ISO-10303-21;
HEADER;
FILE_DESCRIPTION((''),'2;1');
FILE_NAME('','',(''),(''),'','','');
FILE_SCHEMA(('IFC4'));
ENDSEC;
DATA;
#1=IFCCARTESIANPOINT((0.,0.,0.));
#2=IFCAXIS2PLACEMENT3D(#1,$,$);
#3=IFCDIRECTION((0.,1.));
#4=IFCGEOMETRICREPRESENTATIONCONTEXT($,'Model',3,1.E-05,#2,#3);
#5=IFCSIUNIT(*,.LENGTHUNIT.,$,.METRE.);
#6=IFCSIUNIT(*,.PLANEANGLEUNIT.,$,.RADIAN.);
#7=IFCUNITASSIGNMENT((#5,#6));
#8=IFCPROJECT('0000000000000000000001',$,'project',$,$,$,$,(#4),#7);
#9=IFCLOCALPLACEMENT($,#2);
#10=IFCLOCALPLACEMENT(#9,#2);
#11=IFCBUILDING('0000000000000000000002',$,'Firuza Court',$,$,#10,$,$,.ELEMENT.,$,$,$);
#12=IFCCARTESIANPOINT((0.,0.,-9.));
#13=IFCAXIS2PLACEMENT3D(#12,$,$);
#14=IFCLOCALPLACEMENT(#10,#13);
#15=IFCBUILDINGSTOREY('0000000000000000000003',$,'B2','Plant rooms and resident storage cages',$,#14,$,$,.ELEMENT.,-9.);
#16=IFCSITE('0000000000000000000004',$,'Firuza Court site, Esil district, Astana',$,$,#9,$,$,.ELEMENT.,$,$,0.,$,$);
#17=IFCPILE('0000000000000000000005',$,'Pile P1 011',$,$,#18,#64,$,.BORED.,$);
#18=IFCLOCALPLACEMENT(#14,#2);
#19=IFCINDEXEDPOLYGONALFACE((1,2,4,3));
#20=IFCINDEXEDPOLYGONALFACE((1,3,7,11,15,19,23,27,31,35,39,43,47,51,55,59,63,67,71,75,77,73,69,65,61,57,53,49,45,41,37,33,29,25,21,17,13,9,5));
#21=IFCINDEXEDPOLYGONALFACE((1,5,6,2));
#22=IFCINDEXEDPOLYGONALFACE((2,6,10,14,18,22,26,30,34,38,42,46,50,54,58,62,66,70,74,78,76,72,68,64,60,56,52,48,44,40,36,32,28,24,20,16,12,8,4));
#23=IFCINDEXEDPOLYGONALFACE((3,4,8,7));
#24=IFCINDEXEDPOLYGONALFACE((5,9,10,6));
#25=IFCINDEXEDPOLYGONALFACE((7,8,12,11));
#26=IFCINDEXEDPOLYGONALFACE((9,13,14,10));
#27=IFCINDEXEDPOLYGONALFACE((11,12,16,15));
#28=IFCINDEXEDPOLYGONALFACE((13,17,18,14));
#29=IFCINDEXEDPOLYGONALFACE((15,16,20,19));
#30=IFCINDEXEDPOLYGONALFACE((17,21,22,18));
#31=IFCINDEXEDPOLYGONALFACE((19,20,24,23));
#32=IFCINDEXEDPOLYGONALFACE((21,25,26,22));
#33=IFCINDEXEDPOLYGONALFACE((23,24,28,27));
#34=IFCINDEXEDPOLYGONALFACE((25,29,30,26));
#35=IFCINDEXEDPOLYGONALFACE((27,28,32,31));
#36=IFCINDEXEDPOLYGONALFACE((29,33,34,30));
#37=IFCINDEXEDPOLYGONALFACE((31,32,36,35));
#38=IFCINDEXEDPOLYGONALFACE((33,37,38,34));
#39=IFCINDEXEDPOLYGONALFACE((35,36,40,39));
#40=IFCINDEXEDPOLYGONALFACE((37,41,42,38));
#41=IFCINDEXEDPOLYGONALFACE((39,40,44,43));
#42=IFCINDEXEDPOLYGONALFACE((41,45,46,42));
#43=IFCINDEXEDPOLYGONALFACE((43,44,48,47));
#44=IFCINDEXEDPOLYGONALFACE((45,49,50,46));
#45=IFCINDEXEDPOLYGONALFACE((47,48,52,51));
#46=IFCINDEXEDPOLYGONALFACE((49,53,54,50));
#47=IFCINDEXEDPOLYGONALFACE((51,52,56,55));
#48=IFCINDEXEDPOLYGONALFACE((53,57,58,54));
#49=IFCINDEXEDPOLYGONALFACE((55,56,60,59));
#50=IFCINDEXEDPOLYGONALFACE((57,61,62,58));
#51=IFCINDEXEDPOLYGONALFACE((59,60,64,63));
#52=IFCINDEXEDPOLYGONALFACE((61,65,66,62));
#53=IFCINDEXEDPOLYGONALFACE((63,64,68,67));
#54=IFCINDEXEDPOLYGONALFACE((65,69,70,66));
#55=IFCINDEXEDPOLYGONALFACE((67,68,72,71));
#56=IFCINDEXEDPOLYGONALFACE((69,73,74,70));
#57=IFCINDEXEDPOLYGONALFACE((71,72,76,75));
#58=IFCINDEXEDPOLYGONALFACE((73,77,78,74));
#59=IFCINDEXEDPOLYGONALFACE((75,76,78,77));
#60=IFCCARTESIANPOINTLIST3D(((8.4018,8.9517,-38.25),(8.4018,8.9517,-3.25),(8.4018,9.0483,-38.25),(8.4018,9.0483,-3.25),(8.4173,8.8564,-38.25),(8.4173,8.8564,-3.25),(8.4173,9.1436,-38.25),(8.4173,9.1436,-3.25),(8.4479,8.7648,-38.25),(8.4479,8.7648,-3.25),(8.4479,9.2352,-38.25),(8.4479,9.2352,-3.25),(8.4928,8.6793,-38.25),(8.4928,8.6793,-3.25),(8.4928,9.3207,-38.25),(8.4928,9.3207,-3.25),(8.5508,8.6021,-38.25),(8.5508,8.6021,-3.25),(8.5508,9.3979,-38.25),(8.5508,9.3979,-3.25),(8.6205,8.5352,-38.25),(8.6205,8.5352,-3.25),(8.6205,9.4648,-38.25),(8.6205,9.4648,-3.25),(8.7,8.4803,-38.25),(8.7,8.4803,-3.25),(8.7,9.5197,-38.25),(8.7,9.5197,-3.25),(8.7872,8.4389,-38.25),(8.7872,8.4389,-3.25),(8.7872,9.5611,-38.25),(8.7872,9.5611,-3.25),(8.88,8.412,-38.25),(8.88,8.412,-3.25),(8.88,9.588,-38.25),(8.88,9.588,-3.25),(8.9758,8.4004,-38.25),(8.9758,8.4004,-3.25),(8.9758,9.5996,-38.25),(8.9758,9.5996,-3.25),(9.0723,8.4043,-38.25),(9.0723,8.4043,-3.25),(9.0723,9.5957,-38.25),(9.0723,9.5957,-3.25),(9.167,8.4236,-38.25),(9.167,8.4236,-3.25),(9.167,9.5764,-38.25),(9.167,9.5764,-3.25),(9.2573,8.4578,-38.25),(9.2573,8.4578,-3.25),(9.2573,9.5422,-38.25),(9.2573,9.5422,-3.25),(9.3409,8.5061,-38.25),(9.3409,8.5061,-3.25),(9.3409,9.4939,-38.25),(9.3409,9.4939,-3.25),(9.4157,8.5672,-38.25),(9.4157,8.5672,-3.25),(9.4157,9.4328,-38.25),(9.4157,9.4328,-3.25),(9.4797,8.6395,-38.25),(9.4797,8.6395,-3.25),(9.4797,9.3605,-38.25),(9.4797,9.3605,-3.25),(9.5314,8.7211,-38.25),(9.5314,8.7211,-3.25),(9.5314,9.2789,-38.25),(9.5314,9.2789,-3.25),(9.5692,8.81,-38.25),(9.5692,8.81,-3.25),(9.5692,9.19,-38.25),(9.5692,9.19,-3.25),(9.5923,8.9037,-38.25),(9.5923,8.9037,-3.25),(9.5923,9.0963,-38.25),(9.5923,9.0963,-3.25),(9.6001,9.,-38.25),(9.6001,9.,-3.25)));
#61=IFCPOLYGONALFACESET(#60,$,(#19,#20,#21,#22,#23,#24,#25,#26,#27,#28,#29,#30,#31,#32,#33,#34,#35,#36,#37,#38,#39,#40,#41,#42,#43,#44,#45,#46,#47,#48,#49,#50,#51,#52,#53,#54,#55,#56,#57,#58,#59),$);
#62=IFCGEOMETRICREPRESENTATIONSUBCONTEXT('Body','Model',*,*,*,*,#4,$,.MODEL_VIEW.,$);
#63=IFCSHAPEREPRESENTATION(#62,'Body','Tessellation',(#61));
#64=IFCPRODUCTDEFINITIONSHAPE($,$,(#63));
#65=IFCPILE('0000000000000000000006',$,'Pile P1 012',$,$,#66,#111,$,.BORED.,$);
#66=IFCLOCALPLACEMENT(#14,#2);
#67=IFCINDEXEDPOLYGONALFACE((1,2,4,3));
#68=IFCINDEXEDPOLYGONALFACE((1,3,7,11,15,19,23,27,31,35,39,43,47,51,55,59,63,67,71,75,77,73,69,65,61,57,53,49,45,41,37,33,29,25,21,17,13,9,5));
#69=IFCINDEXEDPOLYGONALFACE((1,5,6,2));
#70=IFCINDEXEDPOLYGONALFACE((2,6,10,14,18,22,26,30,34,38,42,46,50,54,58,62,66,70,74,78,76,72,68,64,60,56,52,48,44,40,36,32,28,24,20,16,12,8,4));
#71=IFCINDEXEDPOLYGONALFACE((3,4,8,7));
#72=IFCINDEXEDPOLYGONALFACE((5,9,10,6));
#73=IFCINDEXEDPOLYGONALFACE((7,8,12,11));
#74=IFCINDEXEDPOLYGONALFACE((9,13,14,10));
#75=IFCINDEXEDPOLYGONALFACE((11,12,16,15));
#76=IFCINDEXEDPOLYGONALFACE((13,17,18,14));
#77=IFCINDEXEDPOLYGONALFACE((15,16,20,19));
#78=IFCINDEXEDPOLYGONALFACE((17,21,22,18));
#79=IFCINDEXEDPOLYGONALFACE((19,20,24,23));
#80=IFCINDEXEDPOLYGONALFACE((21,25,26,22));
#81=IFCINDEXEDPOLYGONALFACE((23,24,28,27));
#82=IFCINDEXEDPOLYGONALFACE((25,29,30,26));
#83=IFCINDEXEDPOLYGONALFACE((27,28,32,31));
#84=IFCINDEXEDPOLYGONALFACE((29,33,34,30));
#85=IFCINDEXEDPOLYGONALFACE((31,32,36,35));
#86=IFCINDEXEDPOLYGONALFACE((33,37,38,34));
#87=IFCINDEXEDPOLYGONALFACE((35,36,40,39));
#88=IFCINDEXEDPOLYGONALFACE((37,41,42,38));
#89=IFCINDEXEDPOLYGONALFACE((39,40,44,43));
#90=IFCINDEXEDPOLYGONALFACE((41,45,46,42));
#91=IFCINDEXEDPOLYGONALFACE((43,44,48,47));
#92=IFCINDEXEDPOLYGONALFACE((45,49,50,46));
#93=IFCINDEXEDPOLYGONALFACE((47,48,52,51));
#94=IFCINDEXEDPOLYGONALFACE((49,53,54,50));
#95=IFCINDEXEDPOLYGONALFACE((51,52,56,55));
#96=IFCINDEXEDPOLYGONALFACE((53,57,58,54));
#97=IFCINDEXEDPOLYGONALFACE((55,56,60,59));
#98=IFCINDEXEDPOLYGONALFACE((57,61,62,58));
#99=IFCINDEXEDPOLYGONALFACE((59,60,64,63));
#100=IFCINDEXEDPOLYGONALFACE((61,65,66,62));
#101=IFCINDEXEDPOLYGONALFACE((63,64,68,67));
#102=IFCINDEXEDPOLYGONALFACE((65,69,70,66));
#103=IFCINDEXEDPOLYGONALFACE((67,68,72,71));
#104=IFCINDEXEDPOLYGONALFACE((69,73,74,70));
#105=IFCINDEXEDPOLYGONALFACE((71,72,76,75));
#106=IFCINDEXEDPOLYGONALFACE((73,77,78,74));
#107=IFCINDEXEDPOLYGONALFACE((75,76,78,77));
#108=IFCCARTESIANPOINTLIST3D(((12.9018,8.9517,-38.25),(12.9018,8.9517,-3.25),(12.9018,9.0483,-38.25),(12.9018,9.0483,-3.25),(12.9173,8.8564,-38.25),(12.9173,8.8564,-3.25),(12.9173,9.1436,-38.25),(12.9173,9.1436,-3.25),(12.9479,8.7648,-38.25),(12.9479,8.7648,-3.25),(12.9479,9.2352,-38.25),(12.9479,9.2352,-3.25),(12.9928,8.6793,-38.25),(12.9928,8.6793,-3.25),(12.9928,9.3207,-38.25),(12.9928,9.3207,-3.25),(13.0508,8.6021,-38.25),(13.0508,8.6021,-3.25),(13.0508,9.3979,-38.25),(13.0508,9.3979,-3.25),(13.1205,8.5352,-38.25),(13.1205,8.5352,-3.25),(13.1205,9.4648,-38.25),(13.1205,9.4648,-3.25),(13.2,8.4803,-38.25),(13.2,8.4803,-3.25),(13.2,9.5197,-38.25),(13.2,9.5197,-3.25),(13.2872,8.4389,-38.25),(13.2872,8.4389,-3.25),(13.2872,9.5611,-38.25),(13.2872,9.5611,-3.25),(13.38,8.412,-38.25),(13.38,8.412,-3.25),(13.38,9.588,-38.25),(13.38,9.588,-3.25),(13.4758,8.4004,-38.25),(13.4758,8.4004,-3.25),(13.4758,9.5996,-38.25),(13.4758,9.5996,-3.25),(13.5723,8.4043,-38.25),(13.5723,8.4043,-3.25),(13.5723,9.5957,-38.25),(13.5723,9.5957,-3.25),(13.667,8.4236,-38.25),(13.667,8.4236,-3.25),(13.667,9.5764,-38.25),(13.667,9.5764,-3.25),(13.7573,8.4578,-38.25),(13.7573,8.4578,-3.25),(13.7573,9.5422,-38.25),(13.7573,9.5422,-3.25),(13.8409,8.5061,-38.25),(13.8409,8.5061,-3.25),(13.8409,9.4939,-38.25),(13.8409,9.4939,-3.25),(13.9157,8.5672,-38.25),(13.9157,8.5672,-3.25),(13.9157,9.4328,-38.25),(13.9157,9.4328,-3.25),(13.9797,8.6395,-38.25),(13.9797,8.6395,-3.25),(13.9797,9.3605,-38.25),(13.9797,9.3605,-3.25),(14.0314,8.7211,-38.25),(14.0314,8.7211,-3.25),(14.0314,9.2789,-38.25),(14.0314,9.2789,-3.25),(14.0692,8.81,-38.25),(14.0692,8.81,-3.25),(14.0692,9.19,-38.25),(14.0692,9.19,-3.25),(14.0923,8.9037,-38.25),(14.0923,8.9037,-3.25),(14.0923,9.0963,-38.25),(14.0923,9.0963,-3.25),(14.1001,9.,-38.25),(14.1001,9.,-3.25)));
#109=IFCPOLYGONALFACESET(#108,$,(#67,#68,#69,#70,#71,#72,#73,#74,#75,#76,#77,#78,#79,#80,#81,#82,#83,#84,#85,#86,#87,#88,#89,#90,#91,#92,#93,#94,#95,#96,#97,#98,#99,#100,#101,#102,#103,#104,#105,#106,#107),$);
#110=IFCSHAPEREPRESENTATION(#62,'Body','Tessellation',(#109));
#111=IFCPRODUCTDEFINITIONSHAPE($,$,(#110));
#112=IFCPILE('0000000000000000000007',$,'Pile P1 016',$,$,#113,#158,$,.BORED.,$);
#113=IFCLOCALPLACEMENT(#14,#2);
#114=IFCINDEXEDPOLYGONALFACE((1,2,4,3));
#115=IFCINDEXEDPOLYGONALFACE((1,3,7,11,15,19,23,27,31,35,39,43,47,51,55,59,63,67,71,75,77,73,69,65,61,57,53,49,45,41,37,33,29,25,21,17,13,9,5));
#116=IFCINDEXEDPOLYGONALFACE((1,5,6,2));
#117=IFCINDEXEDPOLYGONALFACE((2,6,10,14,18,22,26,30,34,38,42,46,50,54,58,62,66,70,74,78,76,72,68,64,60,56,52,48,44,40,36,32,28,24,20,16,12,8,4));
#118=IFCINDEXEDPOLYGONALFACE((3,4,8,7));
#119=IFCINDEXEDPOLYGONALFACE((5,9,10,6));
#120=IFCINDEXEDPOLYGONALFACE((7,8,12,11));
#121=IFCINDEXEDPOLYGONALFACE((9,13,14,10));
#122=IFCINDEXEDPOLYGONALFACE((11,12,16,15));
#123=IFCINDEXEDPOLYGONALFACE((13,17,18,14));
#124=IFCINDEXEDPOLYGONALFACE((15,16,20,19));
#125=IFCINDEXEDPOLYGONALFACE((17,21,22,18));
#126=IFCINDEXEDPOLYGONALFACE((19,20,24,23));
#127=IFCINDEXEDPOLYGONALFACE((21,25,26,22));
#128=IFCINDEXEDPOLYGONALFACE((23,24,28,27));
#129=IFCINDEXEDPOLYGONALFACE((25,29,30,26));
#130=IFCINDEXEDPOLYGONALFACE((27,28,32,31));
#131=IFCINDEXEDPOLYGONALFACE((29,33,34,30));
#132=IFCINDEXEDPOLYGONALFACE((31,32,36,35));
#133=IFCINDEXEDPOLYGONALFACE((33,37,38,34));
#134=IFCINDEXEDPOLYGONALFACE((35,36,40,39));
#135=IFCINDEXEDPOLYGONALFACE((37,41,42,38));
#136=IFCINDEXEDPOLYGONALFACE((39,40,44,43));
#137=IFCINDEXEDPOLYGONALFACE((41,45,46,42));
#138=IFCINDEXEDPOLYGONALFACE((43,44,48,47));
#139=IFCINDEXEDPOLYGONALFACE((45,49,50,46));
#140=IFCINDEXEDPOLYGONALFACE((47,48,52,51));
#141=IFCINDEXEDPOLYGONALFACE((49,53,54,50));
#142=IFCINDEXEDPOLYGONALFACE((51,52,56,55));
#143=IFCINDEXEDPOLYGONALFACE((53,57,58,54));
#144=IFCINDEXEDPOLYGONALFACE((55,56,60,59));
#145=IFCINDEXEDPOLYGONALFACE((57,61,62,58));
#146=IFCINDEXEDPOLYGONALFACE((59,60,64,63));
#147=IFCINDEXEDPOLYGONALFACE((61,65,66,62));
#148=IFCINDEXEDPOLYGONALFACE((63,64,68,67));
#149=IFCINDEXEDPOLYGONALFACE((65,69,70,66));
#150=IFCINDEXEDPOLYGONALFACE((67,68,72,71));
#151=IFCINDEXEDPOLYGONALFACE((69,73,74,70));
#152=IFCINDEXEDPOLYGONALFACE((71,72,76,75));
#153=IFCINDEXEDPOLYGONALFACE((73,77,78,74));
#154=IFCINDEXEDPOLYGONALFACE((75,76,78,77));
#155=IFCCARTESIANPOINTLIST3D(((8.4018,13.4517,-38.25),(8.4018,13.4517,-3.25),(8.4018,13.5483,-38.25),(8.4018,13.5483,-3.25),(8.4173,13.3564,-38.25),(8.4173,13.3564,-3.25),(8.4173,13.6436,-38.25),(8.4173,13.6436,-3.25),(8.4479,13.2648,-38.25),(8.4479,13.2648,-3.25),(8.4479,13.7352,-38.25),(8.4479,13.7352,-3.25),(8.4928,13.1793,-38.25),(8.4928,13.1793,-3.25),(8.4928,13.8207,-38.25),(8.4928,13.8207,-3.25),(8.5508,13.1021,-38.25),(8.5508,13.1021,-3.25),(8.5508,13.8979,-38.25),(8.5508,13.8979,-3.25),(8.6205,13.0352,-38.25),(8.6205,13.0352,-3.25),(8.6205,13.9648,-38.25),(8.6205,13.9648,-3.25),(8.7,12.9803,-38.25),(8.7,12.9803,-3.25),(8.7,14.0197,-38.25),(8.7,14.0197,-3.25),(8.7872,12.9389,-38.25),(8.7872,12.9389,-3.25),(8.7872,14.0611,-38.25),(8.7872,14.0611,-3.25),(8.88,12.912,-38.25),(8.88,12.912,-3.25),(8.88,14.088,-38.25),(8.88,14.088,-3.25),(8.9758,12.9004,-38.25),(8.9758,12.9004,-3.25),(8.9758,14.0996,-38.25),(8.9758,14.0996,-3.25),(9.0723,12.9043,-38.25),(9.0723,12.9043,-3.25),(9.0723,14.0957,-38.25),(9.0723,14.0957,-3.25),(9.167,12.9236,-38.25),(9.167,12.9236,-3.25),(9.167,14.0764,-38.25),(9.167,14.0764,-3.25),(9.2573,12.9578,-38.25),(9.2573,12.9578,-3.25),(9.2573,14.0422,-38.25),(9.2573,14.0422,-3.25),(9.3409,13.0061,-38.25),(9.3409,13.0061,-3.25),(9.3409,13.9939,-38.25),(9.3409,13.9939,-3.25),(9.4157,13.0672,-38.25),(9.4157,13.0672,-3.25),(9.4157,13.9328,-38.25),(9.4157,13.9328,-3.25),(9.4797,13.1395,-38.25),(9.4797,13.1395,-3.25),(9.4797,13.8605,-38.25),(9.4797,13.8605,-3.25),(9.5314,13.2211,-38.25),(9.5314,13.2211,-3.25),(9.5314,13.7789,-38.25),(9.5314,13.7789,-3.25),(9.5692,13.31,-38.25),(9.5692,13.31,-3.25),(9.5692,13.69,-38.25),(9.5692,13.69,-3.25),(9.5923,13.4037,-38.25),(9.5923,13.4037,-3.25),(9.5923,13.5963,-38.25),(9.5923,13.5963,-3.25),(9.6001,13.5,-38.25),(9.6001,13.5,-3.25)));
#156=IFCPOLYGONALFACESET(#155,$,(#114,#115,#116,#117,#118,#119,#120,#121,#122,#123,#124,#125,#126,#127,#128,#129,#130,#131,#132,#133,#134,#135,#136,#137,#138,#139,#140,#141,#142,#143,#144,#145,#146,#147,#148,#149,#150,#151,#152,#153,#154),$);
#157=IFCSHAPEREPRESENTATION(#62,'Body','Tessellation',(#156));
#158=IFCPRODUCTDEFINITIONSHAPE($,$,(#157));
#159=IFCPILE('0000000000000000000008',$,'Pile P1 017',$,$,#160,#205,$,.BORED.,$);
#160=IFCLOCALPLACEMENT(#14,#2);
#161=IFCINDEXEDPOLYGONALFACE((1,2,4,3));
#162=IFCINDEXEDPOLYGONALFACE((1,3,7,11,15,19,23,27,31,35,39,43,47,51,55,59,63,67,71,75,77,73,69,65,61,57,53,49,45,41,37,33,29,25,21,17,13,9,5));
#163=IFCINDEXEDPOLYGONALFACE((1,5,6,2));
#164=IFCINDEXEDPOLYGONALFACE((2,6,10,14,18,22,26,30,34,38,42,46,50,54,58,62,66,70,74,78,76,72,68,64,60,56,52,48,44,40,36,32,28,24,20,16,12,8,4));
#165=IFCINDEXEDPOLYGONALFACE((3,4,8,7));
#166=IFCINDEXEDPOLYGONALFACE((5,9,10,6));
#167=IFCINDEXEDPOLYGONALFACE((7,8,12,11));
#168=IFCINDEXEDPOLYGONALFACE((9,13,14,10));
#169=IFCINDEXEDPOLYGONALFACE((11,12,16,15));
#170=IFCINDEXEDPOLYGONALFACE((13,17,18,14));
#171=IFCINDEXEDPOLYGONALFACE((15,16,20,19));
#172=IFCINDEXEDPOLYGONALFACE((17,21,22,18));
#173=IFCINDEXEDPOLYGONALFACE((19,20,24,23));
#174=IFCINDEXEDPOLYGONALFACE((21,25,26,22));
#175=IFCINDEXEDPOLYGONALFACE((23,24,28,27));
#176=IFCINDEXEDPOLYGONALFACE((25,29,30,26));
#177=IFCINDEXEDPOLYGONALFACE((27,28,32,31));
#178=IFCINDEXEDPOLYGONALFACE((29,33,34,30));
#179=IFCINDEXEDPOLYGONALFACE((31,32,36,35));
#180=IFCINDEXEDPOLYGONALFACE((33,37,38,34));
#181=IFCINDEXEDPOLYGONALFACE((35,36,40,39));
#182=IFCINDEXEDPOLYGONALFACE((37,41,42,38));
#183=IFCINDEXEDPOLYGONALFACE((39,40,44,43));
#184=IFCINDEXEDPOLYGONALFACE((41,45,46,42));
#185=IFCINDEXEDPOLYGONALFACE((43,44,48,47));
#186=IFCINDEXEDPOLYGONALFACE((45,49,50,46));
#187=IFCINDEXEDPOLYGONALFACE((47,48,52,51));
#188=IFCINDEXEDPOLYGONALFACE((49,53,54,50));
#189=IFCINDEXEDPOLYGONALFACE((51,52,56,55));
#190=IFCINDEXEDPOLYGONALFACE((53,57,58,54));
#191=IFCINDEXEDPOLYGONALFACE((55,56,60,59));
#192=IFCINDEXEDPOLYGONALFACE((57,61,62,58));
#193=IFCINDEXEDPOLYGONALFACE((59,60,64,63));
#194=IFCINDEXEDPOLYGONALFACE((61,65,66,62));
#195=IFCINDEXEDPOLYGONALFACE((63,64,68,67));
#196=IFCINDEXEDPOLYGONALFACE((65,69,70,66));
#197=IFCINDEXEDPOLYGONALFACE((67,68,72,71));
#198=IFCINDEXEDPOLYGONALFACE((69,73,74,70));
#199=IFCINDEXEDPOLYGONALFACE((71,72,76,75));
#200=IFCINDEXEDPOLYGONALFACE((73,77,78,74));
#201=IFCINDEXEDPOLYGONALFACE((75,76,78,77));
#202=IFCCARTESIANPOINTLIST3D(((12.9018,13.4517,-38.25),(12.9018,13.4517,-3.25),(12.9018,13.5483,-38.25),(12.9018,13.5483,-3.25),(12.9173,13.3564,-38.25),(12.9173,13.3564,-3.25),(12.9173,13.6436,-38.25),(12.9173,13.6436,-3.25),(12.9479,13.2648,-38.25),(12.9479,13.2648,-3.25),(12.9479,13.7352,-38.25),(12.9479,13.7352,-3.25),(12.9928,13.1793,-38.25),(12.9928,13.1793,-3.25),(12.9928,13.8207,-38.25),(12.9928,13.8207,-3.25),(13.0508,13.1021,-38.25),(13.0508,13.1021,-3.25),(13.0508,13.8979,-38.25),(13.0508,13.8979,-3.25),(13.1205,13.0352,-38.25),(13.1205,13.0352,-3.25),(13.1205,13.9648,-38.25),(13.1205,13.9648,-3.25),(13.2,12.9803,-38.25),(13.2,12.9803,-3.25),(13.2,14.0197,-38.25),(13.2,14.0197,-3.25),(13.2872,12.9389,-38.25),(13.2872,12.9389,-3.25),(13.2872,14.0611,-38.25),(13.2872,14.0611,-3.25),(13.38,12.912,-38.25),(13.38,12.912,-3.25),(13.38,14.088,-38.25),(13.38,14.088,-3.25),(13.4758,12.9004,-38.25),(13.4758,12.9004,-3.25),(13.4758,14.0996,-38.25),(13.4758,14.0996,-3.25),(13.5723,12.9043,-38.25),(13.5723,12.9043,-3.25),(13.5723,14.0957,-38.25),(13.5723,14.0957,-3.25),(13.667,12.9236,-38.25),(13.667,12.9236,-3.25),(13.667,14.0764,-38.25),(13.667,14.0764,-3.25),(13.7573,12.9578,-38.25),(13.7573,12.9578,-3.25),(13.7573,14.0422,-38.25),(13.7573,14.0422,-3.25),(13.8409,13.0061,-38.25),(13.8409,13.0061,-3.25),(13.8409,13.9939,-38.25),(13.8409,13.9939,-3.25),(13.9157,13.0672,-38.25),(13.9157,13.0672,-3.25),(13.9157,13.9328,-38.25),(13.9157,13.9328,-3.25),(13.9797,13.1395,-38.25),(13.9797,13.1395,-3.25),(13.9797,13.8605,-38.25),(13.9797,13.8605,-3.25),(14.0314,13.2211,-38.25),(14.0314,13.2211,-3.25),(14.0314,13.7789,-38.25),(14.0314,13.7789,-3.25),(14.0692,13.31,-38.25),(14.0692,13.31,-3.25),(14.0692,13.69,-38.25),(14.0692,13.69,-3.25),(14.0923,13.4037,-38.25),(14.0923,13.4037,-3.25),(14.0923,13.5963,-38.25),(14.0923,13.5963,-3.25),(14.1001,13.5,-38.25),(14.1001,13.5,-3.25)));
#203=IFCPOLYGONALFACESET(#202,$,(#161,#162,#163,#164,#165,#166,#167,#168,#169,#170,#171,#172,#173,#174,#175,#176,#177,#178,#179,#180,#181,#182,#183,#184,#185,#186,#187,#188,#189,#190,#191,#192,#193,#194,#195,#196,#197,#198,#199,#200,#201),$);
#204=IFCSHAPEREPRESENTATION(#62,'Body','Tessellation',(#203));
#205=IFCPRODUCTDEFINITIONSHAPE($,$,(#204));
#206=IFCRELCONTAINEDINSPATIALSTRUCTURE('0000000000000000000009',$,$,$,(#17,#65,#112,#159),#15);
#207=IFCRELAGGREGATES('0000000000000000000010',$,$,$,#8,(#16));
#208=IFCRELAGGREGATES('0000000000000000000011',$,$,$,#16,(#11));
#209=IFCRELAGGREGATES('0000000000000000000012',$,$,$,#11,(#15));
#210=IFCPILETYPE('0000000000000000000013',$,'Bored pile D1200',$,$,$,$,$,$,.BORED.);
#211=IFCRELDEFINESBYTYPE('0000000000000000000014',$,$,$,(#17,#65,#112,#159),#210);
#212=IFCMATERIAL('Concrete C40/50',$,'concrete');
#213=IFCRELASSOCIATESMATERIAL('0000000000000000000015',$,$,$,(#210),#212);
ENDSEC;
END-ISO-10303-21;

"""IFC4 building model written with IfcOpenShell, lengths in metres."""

from ifc_helpers import new_model, si_unit, direction, frame, origin, origin_2d, place, context, subcontext, project, spatial, circle, extrude, material, material_profile, profile_set, type_object, element, save


model = new_model("IFC4")

# Units and contexts
model_context = context("Model", 3, precision=1e-05, world=origin(), true_north=direction((0.0, 1.0)))
body_context = subcontext(model_context, "Body", "Model", "MODEL_VIEW")
ifc_project = project(units=[si_unit("LENGTHUNIT", "METRE"), si_unit("PLANEANGLEUNIT", "RADIAN")], contexts=[model_context])

# Site, building, storey
site_placement = place(None, origin())
site = spatial("IfcSite", under=ifc_project, at=site_placement, Name="Firuza Court site, Esil district, Astana", CompositionType="ELEMENT", RefElevation=0.0)
building_placement = place(site_placement, origin())
building = spatial("IfcBuilding", under=site, at=building_placement, Name="Firuza Court", CompositionType="ELEMENT")
storey_placement = place(building_placement, frame((0.0, 0.0, -9.0)))
storey = spatial("IfcBuildingStorey", under=building, at=storey_placement, Name="B2", Description="Plant rooms and resident storage cages", CompositionType="ELEMENT", Elevation=-9.0)

# Piles
ifc_material_1 = material(Name="Concrete C40/50", Category="concrete")
ifc_material_profile_1 = material_profile(ifc_material_1, circle(Radius=0.6001, at=origin_2d()), Name="Pile D1200")
ifc_profile_set_1 = profile_set([ifc_material_profile_1], Name="Concrete C40/50")
pile_type = type_object("IfcPileType", Name="Bored pile D1200", PredefinedType="BORED", material=ifc_profile_set_1)
for number, where, z_axis, x_axis, name in (
    (1, (9.0, 9.0, -3.25), (0.0, 0.0, -1.0), (1.0, 0.0, 0.0), "Pile P1 011"),
    (2, (13.5, 9.0, -3.25), (0.0, 0.0, -1.0), (1.0, 0.0, 0.0), "Pile P1 012"),
    (3, (9.0, 13.5, -3.25), (0.0, 0.0, -1.0), (1.0, 0.0, 0.0), "Pile P1 016"),
    (4, (13.5, 13.5, -3.25), (0.0, 0.0, -1.0), (1.0, 0.0, 0.0), "Pile P1 017"),
):
    element("IfcPile", number, at=place(storey_placement, frame(where, z_axis=z_axis, x_axis=x_axis)), inside=storey, type_object=pile_type, Name=name, PredefinedType="BORED", context=body_context, shape_type="SweptSolid", body=[
        extrude(circle(Radius=0.6001, at=origin_2d()), origin(), (0.0, 0.0, 1.0), 35.0),
    ])

save(model, "model.ifc")
